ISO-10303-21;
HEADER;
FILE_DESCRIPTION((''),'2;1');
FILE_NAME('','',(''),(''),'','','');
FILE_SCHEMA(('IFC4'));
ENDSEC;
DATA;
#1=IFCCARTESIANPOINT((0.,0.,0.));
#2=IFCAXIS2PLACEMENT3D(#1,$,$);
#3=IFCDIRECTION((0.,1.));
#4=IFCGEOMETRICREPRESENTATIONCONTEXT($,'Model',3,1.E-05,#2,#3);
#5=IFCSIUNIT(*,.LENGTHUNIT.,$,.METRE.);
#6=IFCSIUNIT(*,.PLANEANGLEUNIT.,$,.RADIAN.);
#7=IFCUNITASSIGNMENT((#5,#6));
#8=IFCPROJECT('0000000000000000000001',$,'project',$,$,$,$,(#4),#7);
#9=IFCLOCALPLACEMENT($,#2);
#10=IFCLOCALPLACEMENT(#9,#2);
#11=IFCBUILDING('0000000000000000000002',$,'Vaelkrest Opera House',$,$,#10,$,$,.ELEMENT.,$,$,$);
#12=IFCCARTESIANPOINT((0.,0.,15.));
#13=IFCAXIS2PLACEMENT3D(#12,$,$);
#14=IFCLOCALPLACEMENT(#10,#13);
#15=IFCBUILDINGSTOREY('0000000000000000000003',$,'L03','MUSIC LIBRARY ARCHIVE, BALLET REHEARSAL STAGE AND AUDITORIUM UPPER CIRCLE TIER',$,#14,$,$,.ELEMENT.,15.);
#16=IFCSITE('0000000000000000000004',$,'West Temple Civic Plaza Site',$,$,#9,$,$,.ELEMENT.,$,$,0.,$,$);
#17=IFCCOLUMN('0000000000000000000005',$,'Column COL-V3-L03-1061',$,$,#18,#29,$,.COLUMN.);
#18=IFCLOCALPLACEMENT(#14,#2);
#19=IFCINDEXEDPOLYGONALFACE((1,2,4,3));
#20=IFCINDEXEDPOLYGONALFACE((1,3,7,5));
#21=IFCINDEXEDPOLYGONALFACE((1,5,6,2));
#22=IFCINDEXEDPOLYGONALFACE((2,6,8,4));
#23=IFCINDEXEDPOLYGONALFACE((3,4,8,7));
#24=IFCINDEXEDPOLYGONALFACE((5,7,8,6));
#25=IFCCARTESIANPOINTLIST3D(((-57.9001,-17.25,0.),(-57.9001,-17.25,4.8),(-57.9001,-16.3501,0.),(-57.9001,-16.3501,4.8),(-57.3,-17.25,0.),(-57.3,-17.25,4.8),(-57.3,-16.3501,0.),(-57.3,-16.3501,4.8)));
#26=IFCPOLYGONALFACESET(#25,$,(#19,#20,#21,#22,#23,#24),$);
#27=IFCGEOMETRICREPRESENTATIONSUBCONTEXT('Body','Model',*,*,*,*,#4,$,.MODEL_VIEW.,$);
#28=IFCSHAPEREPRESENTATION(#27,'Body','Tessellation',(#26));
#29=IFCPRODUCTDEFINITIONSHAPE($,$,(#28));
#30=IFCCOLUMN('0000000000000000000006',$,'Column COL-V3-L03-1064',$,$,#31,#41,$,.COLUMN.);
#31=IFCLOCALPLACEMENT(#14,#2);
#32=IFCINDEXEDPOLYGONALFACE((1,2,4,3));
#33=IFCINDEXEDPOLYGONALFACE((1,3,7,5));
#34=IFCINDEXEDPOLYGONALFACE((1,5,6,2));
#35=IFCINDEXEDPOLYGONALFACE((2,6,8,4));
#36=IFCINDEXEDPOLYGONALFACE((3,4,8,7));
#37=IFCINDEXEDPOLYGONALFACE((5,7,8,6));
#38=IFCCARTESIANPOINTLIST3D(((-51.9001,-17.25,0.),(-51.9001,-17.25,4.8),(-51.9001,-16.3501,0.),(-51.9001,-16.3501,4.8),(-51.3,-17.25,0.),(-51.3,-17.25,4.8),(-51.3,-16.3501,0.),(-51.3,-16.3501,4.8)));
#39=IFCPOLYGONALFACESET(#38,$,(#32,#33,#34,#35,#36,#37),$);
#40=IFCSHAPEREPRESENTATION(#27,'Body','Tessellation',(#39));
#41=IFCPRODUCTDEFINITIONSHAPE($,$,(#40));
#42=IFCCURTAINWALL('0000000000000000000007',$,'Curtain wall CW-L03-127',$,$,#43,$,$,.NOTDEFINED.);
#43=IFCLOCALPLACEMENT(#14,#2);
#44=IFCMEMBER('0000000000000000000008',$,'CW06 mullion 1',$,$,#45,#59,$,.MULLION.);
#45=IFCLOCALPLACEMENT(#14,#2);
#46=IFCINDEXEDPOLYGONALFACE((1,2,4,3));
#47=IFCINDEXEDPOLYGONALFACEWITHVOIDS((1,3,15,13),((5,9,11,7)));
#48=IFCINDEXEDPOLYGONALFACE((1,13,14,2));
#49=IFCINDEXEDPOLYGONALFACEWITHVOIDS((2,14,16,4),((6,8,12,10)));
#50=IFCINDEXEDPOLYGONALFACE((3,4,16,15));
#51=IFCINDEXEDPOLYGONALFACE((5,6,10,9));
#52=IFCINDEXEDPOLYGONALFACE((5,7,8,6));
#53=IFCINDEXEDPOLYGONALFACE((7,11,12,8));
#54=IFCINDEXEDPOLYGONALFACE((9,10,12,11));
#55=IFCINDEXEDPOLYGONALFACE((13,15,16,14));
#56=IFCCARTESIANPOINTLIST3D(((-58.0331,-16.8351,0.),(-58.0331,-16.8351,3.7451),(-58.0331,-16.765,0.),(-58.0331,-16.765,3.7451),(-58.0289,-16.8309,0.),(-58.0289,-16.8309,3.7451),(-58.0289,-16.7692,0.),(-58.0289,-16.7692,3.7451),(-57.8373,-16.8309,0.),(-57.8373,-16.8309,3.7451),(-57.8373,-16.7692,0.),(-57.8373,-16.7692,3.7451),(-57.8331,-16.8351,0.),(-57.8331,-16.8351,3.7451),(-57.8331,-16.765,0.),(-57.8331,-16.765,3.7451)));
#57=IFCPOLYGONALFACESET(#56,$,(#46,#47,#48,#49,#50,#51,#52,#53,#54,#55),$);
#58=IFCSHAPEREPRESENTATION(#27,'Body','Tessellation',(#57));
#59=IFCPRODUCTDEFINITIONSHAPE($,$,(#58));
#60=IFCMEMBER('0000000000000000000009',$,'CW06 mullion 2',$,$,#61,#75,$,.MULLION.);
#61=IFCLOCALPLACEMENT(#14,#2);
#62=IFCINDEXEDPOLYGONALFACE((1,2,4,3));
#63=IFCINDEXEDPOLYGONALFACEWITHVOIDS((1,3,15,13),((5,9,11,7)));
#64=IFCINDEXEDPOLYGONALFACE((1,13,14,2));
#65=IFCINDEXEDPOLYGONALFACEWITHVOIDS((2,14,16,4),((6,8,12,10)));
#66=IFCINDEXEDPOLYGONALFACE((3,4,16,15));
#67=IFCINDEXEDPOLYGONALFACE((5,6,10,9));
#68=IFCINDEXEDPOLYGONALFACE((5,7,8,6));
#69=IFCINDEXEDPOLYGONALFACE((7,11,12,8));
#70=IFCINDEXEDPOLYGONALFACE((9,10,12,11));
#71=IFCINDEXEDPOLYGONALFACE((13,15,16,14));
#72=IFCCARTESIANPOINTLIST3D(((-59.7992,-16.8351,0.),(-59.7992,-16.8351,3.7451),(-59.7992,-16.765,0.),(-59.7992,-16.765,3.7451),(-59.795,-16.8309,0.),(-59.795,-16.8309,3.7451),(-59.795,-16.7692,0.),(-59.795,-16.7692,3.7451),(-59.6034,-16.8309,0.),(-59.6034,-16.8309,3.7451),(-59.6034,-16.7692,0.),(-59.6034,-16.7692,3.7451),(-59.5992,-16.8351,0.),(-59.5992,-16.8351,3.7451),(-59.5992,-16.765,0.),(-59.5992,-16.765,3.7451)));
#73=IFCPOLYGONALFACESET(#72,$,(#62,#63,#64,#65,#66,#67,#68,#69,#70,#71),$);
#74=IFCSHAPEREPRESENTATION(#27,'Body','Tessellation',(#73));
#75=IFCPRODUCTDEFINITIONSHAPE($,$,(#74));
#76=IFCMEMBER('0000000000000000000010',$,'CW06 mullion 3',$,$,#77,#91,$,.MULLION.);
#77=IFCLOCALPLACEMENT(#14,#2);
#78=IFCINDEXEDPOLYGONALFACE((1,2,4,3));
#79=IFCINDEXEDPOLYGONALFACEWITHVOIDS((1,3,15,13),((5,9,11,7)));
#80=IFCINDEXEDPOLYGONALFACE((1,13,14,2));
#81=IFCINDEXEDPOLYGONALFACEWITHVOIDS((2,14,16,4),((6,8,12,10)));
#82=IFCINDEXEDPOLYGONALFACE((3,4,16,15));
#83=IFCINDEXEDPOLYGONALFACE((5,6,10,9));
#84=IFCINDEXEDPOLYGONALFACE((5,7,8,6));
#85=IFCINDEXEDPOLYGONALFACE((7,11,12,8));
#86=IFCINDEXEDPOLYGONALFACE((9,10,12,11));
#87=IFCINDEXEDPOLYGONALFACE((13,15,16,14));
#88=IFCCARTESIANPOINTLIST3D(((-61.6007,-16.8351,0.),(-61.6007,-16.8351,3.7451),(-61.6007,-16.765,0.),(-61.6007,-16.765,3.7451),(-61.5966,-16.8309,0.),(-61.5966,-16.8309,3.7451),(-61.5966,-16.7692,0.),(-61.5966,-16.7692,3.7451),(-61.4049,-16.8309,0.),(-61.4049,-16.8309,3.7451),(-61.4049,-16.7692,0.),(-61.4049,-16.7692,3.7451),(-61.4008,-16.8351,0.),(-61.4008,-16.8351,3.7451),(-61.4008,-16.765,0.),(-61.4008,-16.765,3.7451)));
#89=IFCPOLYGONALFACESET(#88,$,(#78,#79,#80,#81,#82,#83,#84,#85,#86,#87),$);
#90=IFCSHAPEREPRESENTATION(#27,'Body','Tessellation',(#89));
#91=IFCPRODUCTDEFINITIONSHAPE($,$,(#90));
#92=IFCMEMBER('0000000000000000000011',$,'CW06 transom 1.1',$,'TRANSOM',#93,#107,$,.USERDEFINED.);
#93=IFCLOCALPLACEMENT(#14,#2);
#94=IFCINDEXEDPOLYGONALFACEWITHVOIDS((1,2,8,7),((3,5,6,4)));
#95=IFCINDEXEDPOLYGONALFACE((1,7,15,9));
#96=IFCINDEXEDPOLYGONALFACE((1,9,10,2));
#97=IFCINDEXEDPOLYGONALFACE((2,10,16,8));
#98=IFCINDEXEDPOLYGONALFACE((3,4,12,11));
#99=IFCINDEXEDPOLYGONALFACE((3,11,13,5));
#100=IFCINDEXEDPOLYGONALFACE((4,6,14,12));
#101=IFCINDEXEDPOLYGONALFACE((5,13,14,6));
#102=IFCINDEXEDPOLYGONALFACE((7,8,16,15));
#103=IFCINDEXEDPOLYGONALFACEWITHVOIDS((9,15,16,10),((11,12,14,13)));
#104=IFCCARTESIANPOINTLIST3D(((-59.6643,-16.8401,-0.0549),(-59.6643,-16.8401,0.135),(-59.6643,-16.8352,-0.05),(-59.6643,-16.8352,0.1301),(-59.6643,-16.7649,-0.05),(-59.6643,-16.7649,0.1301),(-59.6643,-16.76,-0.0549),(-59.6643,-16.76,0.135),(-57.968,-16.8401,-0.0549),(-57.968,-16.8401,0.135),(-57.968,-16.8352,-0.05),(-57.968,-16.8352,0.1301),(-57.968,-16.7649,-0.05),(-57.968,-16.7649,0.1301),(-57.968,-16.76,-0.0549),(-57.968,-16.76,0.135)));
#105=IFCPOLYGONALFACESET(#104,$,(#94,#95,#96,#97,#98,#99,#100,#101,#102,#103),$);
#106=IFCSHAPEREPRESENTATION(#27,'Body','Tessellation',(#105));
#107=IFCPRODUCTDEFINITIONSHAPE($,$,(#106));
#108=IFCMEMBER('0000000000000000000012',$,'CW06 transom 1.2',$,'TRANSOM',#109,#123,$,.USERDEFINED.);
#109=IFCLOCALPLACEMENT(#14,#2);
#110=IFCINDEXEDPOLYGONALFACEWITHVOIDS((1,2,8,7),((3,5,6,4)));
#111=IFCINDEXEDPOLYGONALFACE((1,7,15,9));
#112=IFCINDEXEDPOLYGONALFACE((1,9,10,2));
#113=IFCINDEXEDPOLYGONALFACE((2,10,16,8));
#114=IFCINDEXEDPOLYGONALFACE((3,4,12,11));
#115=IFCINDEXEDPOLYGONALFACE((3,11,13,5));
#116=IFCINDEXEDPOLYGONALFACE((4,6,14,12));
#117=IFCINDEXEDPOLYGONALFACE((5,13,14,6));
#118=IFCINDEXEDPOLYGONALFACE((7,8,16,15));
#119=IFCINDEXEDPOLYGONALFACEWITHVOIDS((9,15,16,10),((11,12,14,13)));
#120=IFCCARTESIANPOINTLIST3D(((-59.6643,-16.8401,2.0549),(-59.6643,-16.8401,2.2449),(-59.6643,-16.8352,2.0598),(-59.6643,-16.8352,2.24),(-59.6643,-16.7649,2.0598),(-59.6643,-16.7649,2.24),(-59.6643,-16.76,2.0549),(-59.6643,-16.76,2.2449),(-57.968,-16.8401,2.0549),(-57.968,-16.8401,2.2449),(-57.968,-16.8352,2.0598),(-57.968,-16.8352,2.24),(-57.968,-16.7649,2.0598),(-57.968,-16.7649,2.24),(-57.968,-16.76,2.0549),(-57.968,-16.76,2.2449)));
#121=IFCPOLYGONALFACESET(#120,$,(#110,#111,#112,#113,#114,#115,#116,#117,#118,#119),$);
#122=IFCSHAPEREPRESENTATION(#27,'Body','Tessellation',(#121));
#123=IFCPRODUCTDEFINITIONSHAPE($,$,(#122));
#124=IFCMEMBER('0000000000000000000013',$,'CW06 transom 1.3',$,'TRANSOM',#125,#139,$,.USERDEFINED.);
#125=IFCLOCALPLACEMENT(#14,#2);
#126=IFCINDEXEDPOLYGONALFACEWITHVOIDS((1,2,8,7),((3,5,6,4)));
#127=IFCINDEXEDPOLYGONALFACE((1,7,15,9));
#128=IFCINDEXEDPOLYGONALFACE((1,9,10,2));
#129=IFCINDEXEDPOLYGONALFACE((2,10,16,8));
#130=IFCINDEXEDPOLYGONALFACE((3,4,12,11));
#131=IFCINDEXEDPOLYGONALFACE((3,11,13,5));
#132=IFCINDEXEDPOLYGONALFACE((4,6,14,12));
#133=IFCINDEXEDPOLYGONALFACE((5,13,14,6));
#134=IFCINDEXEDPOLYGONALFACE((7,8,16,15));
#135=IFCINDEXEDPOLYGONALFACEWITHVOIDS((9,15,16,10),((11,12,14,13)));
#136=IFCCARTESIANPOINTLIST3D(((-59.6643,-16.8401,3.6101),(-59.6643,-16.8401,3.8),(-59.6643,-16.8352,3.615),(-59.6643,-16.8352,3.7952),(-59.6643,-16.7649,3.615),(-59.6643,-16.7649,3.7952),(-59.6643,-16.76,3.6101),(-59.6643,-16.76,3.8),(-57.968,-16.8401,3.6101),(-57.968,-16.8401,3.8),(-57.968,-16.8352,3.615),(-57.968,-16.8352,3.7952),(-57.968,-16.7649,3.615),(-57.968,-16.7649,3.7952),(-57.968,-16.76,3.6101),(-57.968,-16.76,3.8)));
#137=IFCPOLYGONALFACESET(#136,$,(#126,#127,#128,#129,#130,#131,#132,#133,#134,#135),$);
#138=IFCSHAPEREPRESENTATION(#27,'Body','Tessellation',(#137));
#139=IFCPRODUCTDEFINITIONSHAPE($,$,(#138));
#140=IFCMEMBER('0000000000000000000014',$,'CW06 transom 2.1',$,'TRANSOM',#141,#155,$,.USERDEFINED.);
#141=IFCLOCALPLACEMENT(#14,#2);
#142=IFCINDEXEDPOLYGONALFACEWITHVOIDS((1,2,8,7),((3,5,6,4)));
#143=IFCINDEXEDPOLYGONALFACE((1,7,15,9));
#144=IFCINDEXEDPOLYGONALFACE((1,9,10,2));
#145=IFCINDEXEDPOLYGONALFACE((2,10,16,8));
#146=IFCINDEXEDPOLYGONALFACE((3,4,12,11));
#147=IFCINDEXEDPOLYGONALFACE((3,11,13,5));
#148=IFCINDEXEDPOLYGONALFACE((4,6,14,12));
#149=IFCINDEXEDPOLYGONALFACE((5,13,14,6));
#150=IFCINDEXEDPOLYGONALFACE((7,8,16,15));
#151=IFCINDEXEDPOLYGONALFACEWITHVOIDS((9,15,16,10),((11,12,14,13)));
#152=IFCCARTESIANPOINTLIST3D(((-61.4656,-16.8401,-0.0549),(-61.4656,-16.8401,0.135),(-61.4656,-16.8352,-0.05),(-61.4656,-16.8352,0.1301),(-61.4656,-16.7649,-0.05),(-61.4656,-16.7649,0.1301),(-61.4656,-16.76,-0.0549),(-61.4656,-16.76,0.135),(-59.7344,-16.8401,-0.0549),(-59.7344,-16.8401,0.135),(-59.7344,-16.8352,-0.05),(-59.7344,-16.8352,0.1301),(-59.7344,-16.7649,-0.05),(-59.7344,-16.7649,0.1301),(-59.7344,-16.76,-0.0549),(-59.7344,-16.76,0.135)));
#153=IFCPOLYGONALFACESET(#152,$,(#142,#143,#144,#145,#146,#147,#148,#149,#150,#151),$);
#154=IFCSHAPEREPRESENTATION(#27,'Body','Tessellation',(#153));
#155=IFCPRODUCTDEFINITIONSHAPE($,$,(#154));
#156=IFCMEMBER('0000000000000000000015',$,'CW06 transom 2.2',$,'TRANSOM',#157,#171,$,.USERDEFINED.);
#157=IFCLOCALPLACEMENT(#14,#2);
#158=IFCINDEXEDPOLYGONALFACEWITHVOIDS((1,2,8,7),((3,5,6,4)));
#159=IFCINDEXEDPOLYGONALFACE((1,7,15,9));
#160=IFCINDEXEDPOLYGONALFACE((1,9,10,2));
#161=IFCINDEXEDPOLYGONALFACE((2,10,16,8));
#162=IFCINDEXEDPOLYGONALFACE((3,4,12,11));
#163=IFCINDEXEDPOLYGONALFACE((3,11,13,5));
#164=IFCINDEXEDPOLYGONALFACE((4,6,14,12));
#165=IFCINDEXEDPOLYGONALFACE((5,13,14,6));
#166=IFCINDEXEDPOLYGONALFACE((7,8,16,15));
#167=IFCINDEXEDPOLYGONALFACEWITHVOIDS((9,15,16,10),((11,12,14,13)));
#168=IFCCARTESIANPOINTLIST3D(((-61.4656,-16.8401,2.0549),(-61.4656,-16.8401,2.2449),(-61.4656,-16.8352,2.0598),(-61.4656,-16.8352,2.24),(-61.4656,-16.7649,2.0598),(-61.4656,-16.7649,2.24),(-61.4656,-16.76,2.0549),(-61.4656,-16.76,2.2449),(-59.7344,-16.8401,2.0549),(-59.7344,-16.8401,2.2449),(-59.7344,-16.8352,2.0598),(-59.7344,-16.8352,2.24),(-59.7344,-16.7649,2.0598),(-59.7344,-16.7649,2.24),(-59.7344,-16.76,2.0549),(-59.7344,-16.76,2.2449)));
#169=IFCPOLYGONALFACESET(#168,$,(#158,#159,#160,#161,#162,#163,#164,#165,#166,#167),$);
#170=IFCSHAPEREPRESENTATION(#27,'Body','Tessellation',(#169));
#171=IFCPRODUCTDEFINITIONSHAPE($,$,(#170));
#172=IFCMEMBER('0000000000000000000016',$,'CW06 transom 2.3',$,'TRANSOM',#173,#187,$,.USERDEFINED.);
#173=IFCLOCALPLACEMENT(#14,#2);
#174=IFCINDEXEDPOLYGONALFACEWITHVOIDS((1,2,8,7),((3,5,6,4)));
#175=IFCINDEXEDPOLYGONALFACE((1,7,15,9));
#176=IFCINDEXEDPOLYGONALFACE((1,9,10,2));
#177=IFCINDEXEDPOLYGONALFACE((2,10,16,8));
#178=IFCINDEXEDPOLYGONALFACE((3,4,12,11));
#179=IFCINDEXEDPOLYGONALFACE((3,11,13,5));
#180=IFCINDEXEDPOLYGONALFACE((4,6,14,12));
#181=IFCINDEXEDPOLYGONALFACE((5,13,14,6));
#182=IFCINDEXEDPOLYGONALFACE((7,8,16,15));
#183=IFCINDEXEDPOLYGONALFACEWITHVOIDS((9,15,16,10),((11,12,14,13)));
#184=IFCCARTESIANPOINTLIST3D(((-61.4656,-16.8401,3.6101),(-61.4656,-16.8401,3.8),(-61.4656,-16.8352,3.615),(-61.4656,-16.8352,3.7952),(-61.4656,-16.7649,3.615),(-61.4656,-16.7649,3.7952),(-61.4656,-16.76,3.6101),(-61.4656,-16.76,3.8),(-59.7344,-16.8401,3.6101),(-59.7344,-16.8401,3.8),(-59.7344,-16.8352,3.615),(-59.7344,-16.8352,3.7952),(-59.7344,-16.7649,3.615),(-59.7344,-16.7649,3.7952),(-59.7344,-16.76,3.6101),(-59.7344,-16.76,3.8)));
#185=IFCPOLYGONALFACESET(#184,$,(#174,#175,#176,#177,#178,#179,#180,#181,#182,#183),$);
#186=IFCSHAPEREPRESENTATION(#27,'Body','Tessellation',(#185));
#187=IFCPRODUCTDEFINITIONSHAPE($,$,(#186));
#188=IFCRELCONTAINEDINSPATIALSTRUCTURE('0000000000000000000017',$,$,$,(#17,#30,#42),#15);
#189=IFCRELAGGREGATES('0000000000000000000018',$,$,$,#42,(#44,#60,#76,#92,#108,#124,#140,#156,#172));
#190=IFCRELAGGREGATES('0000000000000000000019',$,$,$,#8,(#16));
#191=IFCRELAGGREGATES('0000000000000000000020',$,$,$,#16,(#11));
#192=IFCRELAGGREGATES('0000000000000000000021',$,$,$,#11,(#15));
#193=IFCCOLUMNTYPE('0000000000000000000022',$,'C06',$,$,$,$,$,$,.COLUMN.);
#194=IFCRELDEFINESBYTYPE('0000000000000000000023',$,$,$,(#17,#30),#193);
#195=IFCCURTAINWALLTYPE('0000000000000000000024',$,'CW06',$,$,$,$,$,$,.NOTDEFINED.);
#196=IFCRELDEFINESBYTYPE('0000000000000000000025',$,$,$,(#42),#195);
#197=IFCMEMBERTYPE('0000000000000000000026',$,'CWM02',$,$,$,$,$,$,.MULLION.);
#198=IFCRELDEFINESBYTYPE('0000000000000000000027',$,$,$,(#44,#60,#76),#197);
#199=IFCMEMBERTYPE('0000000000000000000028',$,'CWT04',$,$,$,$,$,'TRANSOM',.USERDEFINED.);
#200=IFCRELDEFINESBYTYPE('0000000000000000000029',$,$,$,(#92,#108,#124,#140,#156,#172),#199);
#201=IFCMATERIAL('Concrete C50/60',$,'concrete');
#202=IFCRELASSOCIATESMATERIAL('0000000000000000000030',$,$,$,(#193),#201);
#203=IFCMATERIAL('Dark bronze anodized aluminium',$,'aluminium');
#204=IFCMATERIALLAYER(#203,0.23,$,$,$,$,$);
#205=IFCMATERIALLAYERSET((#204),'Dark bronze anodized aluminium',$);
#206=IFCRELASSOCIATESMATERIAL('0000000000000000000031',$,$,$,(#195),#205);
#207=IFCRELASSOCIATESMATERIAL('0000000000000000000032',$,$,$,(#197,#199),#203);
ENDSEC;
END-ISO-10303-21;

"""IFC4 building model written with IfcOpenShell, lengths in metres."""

from ifc_helpers import new_model, si_unit, direction, frame, origin, origin_2d, place, context, subcontext, project, spatial, rectangle, hollow_rectangle, extrude, material, layer, layer_set, material_profile, profile_set, type_object, element, aggregate, save


model = new_model("IFC4")

# Units and contexts
model_context = context("Model", 3, precision=1e-05, world=origin(), true_north=direction((0.0, 1.0)))
body_context = subcontext(model_context, "Body", "Model", "MODEL_VIEW")
ifc_project = project(units=[si_unit("LENGTHUNIT", "METRE"), si_unit("PLANEANGLEUNIT", "RADIAN")], contexts=[model_context])

# Site, building, storey
site_placement = place(None, origin())
site = spatial("IfcSite", under=ifc_project, at=site_placement, Name="West Temple Civic Plaza Site", CompositionType="ELEMENT", RefElevation=0.0)
building_placement = place(site_placement, origin())
building = spatial("IfcBuilding", under=site, at=building_placement, Name="Vaelkrest Opera House", CompositionType="ELEMENT")
storey_placement = place(building_placement, frame((0.0, 0.0, 15.0)))
storey = spatial("IfcBuildingStorey", under=building, at=storey_placement, Name="L03", Description="MUSIC LIBRARY ARCHIVE, BALLET REHEARSAL STAGE AND AUDITORIUM UPPER CIRCLE TIER", CompositionType="ELEMENT", Elevation=15.0)

# Columns
ifc_material_1 = material(Name="Concrete C50/60", Category="concrete")
ifc_material_profile_1 = material_profile(ifc_material_1, rectangle(XDim=0.6001, YDim=0.8999, at=origin_2d()), Name="RC600X900")
ifc_profile_set_1 = profile_set([ifc_material_profile_1], Name="Concrete C50/60")
column_type = type_object("IfcColumnType", Name="C06", PredefinedType="COLUMN", material=ifc_profile_set_1)
for number, where, z_axis, x_axis, name in (
    (1, (-57.6001, -16.8, 0.0), (0.0, 0.0, 1.0), (1.0, 0.0, 0.0), "Column COL-V3-L03-1061"),
    (2, (-51.6001, -16.8, 0.0), (0.0, 0.0, 1.0), (1.0, 0.0, 0.0), "Column COL-V3-L03-1064"),
):
    element("IfcColumn", number, at=place(storey_placement, frame(where, z_axis=z_axis, x_axis=x_axis)), inside=storey, type_object=column_type, Name=name, PredefinedType="COLUMN", context=body_context, shape_type="SweptSolid", body=[
        extrude(rectangle(XDim=0.6001, YDim=0.8999, at=origin_2d()), origin(), (0.0, 0.0, 1.0), 4.8),
    ])

# Curtain wall, members
ifc_material_2 = material(Name="Dark bronze anodized aluminium", Category="aluminium")
ifc_layer_1 = layer(ifc_material_2, 0.23)
ifc_layer_set_1 = layer_set([ifc_layer_1], Name="Dark bronze anodized aluminium")
curtain_wall_type = type_object("IfcCurtainWallType", Name="CW06", PredefinedType="NOTDEFINED", material=ifc_layer_set_1)
curtain_wall_placement = place(storey_placement, origin())
curtain_wall = element("IfcCurtainWall", 3, at=curtain_wall_placement, inside=storey, type_object=curtain_wall_type, Name="Curtain wall CW-L03-127", PredefinedType="NOTDEFINED")
ifc_material_profile_2 = material_profile(ifc_material_2, hollow_rectangle(XDim=0.0701, YDim=0.2, WallThickness=0.0042, at=origin_2d()), Name="CWM70X200")
ifc_profile_set_2 = profile_set([ifc_material_profile_2], Name="Dark bronze anodized aluminium")
member_type_1 = type_object("IfcMemberType", Name="CWM02", PredefinedType="MULLION", material=ifc_profile_set_2)
member_1_placement = place(storey_placement, frame((-57.9331, -16.8, 0.0), z_axis=(0.0, 0.0, 1.0), x_axis=(0.0, -1.0, 0.0)))
member_1 = element("IfcMember", 4, at=member_1_placement, type_object=member_type_1, Name="CW06 mullion 1", PredefinedType="MULLION", context=body_context, shape_type="SweptSolid", body=[
    extrude(hollow_rectangle(XDim=0.0701, YDim=0.2, WallThickness=0.0042, at=origin_2d()), origin(), (0.0, 0.0, 1.0), 3.7451),
])
member_2_placement = place(storey_placement, frame((-59.6992, -16.8, 0.0), z_axis=(0.0, 0.0, 1.0), x_axis=(0.0, -1.0, 0.0)))
member_2 = element("IfcMember", 5, at=member_2_placement, type_object=member_type_1, Name="CW06 mullion 2", PredefinedType="MULLION", context=body_context, shape_type="SweptSolid", body=[
    extrude(hollow_rectangle(XDim=0.0701, YDim=0.2, WallThickness=0.0042, at=origin_2d()), origin(), (0.0, 0.0, 1.0), 3.7451),
])
member_3_placement = place(storey_placement, frame((-61.5007, -16.8, 0.0), z_axis=(0.0, 0.0, 1.0), x_axis=(0.0, -1.0, 0.0)))
member_3 = element("IfcMember", 6, at=member_3_placement, type_object=member_type_1, Name="CW06 mullion 3", PredefinedType="MULLION", context=body_context, shape_type="SweptSolid", body=[
    extrude(hollow_rectangle(XDim=0.0701, YDim=0.2, WallThickness=0.0042, at=origin_2d()), origin(), (0.0, 0.0, 1.0), 3.7451),
])
ifc_material_profile_3 = material_profile(ifc_material_2, hollow_rectangle(XDim=0.0801, YDim=0.1899, WallThickness=0.0049, at=origin_2d()), Name="CWT80X190")
ifc_profile_set_3 = profile_set([ifc_material_profile_3], Name="Dark bronze anodized aluminium")
member_type_2 = type_object("IfcMemberType", Name="CWT04", ElementType="TRANSOM", PredefinedType="USERDEFINED", material=ifc_profile_set_3)
member_4_placement = place(storey_placement, frame((-57.968, -16.8, 0.04), z_axis=(-1.0, 0.0, 0.0), x_axis=(0.0, -1.0, 0.0)))
member_4 = element("IfcMember", 7, at=member_4_placement, type_object=member_type_2, Name="CW06 transom 1.1", ObjectType="TRANSOM", PredefinedType="USERDEFINED", context=body_context, shape_type="SweptSolid", body=[
    extrude(hollow_rectangle(XDim=0.0801, YDim=0.1899, WallThickness=0.0049, at=origin_2d()), origin(), (0.0, 0.0, 1.0), 1.6963),
])
member_5_placement = place(storey_placement, frame((-57.968, -16.8, 2.1499), z_axis=(-1.0, 0.0, 0.0), x_axis=(0.0, -1.0, 0.0)))
member_5 = element("IfcMember", 8, at=member_5_placement, type_object=member_type_2, Name="CW06 transom 1.2", ObjectType="TRANSOM", PredefinedType="USERDEFINED", context=body_context, shape_type="SweptSolid", body=[
    extrude(hollow_rectangle(XDim=0.0801, YDim=0.1899, WallThickness=0.0049, at=origin_2d()), origin(), (0.0, 0.0, 1.0), 1.6963),
])
member_6_placement = place(storey_placement, frame((-57.968, -16.8, 3.7051), z_axis=(-1.0, 0.0, 0.0), x_axis=(0.0, -1.0, 0.0)))
member_6 = element("IfcMember", 9, at=member_6_placement, type_object=member_type_2, Name="CW06 transom 1.3", ObjectType="TRANSOM", PredefinedType="USERDEFINED", context=body_context, shape_type="SweptSolid", body=[
    extrude(hollow_rectangle(XDim=0.0801, YDim=0.1899, WallThickness=0.0049, at=origin_2d()), origin(), (0.0, 0.0, 1.0), 1.6963),
])
member_7_placement = place(storey_placement, frame((-59.7344, -16.8, 0.04), z_axis=(-1.0, 0.0, 0.0), x_axis=(0.0, -1.0, 0.0)))
member_7 = element("IfcMember", 10, at=member_7_placement, type_object=member_type_2, Name="CW06 transom 2.1", ObjectType="TRANSOM", PredefinedType="USERDEFINED", context=body_context, shape_type="SweptSolid", body=[
    extrude(hollow_rectangle(XDim=0.0801, YDim=0.1899, WallThickness=0.0049, at=origin_2d()), origin(), (0.0, 0.0, 1.0), 1.7312),
])
member_8_placement = place(storey_placement, frame((-59.7344, -16.8, 2.1499), z_axis=(-1.0, 0.0, 0.0), x_axis=(0.0, -1.0, 0.0)))
member_8 = element("IfcMember", 11, at=member_8_placement, type_object=member_type_2, Name="CW06 transom 2.2", ObjectType="TRANSOM", PredefinedType="USERDEFINED", context=body_context, shape_type="SweptSolid", body=[
    extrude(hollow_rectangle(XDim=0.0801, YDim=0.1899, WallThickness=0.0049, at=origin_2d()), origin(), (0.0, 0.0, 1.0), 1.7312),
])
member_9_placement = place(storey_placement, frame((-59.7344, -16.8, 3.7051), z_axis=(-1.0, 0.0, 0.0), x_axis=(0.0, -1.0, 0.0)))
member_9 = element("IfcMember", 12, at=member_9_placement, type_object=member_type_2, Name="CW06 transom 2.3", ObjectType="TRANSOM", PredefinedType="USERDEFINED", context=body_context, shape_type="SweptSolid", body=[
    extrude(hollow_rectangle(XDim=0.0801, YDim=0.1899, WallThickness=0.0049, at=origin_2d()), origin(), (0.0, 0.0, 1.0), 1.7312),
])

aggregate(curtain_wall, [member_1, member_2, member_3, member_4, member_5, member_6, member_7, member_8, member_9])

save(model, "model.ifc")
